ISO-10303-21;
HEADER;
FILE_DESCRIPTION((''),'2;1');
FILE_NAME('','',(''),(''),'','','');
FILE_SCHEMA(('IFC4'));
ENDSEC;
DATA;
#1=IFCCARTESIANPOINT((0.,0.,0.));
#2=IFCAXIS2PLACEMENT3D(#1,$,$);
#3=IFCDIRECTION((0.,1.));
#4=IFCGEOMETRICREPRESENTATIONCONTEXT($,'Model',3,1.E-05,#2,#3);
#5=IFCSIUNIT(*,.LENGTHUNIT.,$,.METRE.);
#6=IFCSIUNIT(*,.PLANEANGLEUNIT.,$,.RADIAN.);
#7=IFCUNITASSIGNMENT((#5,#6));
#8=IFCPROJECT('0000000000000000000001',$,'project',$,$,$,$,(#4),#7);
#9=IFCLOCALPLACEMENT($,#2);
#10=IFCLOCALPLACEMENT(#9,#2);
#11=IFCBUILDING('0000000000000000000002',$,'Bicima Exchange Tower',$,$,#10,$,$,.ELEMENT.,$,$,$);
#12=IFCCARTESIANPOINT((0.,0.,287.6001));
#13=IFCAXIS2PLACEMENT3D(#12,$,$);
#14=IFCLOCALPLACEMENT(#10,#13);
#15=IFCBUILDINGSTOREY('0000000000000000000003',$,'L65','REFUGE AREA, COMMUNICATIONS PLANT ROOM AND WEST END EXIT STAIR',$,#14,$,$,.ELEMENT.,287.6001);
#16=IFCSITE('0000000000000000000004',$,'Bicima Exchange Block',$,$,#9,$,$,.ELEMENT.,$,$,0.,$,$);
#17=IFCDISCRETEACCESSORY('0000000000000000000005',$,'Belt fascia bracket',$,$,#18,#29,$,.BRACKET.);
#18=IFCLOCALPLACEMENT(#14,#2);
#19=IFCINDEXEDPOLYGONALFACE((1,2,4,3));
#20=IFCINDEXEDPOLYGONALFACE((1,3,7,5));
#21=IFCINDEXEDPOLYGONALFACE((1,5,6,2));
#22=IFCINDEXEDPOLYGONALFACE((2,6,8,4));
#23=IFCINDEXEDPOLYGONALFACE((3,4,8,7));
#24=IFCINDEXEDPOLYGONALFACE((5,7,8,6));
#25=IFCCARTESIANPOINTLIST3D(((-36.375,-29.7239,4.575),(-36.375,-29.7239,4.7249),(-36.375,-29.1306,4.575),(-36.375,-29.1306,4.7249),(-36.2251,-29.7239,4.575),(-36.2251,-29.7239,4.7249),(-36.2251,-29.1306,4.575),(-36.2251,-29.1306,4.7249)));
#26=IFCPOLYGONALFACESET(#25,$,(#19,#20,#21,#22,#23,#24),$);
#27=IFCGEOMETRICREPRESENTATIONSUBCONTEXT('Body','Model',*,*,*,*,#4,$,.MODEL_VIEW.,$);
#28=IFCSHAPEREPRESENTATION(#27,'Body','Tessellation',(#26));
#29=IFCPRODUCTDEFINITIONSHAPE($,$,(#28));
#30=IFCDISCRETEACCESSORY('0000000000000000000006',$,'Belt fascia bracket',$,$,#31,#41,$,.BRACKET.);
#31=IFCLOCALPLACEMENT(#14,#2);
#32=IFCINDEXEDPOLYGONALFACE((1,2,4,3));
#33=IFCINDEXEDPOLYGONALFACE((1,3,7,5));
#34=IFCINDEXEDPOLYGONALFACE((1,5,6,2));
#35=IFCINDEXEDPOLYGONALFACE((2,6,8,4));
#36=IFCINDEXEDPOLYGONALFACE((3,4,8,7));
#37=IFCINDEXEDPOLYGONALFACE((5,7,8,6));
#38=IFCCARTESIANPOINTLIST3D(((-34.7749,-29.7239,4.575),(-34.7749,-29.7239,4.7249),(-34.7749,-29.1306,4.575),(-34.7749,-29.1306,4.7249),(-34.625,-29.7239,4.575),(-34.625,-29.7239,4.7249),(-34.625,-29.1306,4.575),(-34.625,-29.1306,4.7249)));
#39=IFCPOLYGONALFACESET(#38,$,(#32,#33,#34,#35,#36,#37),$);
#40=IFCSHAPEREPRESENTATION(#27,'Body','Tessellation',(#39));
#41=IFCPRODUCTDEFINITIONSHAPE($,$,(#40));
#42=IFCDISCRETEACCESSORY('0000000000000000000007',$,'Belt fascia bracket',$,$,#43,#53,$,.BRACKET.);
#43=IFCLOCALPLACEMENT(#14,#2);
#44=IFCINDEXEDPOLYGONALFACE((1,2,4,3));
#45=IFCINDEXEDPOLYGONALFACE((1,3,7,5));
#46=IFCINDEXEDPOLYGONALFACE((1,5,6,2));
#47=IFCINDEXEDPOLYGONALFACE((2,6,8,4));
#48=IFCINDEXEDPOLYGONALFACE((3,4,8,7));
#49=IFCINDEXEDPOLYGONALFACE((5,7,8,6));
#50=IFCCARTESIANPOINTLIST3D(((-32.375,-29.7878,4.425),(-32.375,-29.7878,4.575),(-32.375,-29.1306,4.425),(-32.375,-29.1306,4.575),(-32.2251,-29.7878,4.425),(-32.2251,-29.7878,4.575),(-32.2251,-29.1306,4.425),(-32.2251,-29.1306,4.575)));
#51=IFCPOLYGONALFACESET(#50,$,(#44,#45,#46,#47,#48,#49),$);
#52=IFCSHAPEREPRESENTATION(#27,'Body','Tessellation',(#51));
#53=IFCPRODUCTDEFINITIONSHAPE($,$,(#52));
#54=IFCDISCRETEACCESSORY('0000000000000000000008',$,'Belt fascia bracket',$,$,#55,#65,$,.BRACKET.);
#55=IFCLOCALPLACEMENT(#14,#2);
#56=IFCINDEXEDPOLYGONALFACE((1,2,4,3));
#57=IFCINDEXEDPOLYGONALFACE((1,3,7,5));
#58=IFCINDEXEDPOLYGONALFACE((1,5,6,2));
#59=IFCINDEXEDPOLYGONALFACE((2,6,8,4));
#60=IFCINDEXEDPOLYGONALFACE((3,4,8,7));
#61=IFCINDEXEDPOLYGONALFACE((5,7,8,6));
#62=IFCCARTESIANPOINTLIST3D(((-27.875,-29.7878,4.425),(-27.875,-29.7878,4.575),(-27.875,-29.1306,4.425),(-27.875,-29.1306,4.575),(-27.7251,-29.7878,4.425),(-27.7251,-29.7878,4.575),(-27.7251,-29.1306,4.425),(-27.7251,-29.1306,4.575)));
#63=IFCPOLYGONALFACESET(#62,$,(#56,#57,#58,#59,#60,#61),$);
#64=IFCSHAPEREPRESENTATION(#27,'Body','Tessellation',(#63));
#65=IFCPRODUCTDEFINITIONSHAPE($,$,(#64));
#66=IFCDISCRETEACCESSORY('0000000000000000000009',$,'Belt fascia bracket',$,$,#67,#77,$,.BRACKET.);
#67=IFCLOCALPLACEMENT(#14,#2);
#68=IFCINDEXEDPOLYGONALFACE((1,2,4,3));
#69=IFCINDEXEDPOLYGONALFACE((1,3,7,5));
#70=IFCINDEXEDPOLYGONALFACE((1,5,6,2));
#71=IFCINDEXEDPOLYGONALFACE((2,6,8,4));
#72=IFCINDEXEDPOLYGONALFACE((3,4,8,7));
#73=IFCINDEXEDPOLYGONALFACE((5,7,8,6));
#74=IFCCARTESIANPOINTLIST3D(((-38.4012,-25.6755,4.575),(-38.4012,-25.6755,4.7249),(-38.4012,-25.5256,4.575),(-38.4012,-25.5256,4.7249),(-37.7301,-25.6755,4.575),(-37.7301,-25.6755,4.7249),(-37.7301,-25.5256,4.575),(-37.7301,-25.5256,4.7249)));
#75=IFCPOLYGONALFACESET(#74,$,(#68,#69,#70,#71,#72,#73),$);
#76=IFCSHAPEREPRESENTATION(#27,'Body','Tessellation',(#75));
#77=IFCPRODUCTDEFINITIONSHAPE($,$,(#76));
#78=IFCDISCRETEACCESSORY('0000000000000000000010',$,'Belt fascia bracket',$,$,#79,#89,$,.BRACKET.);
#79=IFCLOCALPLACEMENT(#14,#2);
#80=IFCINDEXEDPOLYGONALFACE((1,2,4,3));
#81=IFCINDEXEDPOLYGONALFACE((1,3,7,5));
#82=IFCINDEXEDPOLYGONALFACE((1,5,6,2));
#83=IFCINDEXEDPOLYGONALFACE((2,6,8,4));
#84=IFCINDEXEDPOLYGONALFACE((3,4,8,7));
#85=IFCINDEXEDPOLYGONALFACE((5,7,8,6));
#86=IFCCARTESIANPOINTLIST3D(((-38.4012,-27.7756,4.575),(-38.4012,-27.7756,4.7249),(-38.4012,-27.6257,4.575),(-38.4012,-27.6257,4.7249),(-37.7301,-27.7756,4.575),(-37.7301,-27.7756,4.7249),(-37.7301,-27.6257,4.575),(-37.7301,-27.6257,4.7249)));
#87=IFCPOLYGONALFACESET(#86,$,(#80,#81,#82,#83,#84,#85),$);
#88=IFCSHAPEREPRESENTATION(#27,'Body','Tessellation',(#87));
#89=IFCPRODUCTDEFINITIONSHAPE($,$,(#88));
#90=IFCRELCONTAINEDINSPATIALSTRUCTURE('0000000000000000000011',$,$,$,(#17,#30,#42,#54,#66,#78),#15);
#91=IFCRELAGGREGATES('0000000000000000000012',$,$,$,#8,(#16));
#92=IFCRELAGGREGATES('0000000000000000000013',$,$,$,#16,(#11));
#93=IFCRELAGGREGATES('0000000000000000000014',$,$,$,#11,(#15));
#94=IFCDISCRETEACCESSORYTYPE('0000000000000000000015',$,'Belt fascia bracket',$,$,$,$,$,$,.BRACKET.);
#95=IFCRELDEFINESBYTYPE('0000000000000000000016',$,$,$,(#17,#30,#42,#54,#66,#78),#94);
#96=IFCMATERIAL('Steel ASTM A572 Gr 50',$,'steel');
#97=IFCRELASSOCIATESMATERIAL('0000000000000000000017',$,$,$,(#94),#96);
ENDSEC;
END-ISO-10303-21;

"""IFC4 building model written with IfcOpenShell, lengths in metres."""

from ifc_helpers import new_model, si_unit, direction, frame, origin, origin_2d, place, context, subcontext, project, spatial, rectangle, extrude, material, type_object, element, save


model = new_model("IFC4")

# Units and contexts
model_context = context("Model", 3, precision=1e-05, world=origin(), true_north=direction((0.0, 1.0)))
body_context = subcontext(model_context, "Body", "Model", "MODEL_VIEW")
ifc_project = project(units=[si_unit("LENGTHUNIT", "METRE"), si_unit("PLANEANGLEUNIT", "RADIAN")], contexts=[model_context])

# Site, building, storey
site_placement = place(None, origin())
site = spatial("IfcSite", under=ifc_project, at=site_placement, Name="Bicima Exchange Block", CompositionType="ELEMENT", RefElevation=0.0)
building_placement = place(site_placement, origin())
building = spatial("IfcBuilding", under=site, at=building_placement, Name="Bicima Exchange Tower", CompositionType="ELEMENT")
storey_placement = place(building_placement, frame((0.0, 0.0, 287.6001)))
storey = spatial("IfcBuildingStorey", under=building, at=storey_placement, Name="L65", Description="REFUGE AREA, COMMUNICATIONS PLANT ROOM AND WEST END EXIT STAIR", CompositionType="ELEMENT", Elevation=287.6001)

# Shared definitions
ifc_material_1 = material(Name="Steel ASTM A572 Gr 50", Category="steel")

# Discrete accessories
discrete_accessory_type = type_object("IfcDiscreteAccessoryType", Name="Belt fascia bracket", PredefinedType="BRACKET", material=ifc_material_1)
for number, where, z_axis, x_axis, name in (
    (1, (-36.3, -29.4272, 4.575), (0.0, 0.0, 1.0), (1.0, 0.0, 0.0), "Belt fascia bracket"),
    (2, (-34.7, -29.4272, 4.575), (0.0, 0.0, 1.0), (1.0, 0.0, 0.0), "Belt fascia bracket"),
):
    element("IfcDiscreteAccessory", number, at=place(storey_placement, frame(where, z_axis=z_axis, x_axis=x_axis)), inside=storey, type_object=discrete_accessory_type, Name=name, PredefinedType="BRACKET", context=body_context, shape_type="SweptSolid", body=[
        extrude(rectangle(XDim=0.1499, YDim=0.5933, at=origin_2d()), origin(), (0.0, 0.0, 1.0), 0.1499),
    ])
for number, where, z_axis, x_axis, name in (
    (3, (-32.3, -29.4592, 4.425), (0.0, 0.0, 1.0), (1.0, 0.0, 0.0), "Belt fascia bracket"),
    (4, (-27.8, -29.4592, 4.425), (0.0, 0.0, 1.0), (1.0, 0.0, 0.0), "Belt fascia bracket"),
):
    element("IfcDiscreteAccessory", number, at=place(storey_placement, frame(where, z_axis=z_axis, x_axis=x_axis)), inside=storey, type_object=discrete_accessory_type, Name=name, PredefinedType="BRACKET", context=body_context, shape_type="SweptSolid", body=[
        extrude(rectangle(XDim=0.1499, YDim=0.6572, at=origin_2d()), origin(), (0.0, 0.0, 1.0), 0.1499),
    ])
for number, where, z_axis, x_axis, name in (
    (5, (-38.0657, -25.6006, 4.575), (0.0, 0.0, 1.0), (0.0, -1.0, 0.0), "Belt fascia bracket"),
    (6, (-38.0657, -27.7007, 4.575), (0.0, 0.0, 1.0), (0.0, -1.0, 0.0), "Belt fascia bracket"),
):
    element("IfcDiscreteAccessory", number, at=place(storey_placement, frame(where, z_axis=z_axis, x_axis=x_axis)), inside=storey, type_object=discrete_accessory_type, Name=name, PredefinedType="BRACKET", context=body_context, shape_type="SweptSolid", body=[
        extrude(rectangle(XDim=0.1499, YDim=0.6711, at=origin_2d()), origin(), (0.0, 0.0, 1.0), 0.1499),
    ])

save(model, "model.ifc")
